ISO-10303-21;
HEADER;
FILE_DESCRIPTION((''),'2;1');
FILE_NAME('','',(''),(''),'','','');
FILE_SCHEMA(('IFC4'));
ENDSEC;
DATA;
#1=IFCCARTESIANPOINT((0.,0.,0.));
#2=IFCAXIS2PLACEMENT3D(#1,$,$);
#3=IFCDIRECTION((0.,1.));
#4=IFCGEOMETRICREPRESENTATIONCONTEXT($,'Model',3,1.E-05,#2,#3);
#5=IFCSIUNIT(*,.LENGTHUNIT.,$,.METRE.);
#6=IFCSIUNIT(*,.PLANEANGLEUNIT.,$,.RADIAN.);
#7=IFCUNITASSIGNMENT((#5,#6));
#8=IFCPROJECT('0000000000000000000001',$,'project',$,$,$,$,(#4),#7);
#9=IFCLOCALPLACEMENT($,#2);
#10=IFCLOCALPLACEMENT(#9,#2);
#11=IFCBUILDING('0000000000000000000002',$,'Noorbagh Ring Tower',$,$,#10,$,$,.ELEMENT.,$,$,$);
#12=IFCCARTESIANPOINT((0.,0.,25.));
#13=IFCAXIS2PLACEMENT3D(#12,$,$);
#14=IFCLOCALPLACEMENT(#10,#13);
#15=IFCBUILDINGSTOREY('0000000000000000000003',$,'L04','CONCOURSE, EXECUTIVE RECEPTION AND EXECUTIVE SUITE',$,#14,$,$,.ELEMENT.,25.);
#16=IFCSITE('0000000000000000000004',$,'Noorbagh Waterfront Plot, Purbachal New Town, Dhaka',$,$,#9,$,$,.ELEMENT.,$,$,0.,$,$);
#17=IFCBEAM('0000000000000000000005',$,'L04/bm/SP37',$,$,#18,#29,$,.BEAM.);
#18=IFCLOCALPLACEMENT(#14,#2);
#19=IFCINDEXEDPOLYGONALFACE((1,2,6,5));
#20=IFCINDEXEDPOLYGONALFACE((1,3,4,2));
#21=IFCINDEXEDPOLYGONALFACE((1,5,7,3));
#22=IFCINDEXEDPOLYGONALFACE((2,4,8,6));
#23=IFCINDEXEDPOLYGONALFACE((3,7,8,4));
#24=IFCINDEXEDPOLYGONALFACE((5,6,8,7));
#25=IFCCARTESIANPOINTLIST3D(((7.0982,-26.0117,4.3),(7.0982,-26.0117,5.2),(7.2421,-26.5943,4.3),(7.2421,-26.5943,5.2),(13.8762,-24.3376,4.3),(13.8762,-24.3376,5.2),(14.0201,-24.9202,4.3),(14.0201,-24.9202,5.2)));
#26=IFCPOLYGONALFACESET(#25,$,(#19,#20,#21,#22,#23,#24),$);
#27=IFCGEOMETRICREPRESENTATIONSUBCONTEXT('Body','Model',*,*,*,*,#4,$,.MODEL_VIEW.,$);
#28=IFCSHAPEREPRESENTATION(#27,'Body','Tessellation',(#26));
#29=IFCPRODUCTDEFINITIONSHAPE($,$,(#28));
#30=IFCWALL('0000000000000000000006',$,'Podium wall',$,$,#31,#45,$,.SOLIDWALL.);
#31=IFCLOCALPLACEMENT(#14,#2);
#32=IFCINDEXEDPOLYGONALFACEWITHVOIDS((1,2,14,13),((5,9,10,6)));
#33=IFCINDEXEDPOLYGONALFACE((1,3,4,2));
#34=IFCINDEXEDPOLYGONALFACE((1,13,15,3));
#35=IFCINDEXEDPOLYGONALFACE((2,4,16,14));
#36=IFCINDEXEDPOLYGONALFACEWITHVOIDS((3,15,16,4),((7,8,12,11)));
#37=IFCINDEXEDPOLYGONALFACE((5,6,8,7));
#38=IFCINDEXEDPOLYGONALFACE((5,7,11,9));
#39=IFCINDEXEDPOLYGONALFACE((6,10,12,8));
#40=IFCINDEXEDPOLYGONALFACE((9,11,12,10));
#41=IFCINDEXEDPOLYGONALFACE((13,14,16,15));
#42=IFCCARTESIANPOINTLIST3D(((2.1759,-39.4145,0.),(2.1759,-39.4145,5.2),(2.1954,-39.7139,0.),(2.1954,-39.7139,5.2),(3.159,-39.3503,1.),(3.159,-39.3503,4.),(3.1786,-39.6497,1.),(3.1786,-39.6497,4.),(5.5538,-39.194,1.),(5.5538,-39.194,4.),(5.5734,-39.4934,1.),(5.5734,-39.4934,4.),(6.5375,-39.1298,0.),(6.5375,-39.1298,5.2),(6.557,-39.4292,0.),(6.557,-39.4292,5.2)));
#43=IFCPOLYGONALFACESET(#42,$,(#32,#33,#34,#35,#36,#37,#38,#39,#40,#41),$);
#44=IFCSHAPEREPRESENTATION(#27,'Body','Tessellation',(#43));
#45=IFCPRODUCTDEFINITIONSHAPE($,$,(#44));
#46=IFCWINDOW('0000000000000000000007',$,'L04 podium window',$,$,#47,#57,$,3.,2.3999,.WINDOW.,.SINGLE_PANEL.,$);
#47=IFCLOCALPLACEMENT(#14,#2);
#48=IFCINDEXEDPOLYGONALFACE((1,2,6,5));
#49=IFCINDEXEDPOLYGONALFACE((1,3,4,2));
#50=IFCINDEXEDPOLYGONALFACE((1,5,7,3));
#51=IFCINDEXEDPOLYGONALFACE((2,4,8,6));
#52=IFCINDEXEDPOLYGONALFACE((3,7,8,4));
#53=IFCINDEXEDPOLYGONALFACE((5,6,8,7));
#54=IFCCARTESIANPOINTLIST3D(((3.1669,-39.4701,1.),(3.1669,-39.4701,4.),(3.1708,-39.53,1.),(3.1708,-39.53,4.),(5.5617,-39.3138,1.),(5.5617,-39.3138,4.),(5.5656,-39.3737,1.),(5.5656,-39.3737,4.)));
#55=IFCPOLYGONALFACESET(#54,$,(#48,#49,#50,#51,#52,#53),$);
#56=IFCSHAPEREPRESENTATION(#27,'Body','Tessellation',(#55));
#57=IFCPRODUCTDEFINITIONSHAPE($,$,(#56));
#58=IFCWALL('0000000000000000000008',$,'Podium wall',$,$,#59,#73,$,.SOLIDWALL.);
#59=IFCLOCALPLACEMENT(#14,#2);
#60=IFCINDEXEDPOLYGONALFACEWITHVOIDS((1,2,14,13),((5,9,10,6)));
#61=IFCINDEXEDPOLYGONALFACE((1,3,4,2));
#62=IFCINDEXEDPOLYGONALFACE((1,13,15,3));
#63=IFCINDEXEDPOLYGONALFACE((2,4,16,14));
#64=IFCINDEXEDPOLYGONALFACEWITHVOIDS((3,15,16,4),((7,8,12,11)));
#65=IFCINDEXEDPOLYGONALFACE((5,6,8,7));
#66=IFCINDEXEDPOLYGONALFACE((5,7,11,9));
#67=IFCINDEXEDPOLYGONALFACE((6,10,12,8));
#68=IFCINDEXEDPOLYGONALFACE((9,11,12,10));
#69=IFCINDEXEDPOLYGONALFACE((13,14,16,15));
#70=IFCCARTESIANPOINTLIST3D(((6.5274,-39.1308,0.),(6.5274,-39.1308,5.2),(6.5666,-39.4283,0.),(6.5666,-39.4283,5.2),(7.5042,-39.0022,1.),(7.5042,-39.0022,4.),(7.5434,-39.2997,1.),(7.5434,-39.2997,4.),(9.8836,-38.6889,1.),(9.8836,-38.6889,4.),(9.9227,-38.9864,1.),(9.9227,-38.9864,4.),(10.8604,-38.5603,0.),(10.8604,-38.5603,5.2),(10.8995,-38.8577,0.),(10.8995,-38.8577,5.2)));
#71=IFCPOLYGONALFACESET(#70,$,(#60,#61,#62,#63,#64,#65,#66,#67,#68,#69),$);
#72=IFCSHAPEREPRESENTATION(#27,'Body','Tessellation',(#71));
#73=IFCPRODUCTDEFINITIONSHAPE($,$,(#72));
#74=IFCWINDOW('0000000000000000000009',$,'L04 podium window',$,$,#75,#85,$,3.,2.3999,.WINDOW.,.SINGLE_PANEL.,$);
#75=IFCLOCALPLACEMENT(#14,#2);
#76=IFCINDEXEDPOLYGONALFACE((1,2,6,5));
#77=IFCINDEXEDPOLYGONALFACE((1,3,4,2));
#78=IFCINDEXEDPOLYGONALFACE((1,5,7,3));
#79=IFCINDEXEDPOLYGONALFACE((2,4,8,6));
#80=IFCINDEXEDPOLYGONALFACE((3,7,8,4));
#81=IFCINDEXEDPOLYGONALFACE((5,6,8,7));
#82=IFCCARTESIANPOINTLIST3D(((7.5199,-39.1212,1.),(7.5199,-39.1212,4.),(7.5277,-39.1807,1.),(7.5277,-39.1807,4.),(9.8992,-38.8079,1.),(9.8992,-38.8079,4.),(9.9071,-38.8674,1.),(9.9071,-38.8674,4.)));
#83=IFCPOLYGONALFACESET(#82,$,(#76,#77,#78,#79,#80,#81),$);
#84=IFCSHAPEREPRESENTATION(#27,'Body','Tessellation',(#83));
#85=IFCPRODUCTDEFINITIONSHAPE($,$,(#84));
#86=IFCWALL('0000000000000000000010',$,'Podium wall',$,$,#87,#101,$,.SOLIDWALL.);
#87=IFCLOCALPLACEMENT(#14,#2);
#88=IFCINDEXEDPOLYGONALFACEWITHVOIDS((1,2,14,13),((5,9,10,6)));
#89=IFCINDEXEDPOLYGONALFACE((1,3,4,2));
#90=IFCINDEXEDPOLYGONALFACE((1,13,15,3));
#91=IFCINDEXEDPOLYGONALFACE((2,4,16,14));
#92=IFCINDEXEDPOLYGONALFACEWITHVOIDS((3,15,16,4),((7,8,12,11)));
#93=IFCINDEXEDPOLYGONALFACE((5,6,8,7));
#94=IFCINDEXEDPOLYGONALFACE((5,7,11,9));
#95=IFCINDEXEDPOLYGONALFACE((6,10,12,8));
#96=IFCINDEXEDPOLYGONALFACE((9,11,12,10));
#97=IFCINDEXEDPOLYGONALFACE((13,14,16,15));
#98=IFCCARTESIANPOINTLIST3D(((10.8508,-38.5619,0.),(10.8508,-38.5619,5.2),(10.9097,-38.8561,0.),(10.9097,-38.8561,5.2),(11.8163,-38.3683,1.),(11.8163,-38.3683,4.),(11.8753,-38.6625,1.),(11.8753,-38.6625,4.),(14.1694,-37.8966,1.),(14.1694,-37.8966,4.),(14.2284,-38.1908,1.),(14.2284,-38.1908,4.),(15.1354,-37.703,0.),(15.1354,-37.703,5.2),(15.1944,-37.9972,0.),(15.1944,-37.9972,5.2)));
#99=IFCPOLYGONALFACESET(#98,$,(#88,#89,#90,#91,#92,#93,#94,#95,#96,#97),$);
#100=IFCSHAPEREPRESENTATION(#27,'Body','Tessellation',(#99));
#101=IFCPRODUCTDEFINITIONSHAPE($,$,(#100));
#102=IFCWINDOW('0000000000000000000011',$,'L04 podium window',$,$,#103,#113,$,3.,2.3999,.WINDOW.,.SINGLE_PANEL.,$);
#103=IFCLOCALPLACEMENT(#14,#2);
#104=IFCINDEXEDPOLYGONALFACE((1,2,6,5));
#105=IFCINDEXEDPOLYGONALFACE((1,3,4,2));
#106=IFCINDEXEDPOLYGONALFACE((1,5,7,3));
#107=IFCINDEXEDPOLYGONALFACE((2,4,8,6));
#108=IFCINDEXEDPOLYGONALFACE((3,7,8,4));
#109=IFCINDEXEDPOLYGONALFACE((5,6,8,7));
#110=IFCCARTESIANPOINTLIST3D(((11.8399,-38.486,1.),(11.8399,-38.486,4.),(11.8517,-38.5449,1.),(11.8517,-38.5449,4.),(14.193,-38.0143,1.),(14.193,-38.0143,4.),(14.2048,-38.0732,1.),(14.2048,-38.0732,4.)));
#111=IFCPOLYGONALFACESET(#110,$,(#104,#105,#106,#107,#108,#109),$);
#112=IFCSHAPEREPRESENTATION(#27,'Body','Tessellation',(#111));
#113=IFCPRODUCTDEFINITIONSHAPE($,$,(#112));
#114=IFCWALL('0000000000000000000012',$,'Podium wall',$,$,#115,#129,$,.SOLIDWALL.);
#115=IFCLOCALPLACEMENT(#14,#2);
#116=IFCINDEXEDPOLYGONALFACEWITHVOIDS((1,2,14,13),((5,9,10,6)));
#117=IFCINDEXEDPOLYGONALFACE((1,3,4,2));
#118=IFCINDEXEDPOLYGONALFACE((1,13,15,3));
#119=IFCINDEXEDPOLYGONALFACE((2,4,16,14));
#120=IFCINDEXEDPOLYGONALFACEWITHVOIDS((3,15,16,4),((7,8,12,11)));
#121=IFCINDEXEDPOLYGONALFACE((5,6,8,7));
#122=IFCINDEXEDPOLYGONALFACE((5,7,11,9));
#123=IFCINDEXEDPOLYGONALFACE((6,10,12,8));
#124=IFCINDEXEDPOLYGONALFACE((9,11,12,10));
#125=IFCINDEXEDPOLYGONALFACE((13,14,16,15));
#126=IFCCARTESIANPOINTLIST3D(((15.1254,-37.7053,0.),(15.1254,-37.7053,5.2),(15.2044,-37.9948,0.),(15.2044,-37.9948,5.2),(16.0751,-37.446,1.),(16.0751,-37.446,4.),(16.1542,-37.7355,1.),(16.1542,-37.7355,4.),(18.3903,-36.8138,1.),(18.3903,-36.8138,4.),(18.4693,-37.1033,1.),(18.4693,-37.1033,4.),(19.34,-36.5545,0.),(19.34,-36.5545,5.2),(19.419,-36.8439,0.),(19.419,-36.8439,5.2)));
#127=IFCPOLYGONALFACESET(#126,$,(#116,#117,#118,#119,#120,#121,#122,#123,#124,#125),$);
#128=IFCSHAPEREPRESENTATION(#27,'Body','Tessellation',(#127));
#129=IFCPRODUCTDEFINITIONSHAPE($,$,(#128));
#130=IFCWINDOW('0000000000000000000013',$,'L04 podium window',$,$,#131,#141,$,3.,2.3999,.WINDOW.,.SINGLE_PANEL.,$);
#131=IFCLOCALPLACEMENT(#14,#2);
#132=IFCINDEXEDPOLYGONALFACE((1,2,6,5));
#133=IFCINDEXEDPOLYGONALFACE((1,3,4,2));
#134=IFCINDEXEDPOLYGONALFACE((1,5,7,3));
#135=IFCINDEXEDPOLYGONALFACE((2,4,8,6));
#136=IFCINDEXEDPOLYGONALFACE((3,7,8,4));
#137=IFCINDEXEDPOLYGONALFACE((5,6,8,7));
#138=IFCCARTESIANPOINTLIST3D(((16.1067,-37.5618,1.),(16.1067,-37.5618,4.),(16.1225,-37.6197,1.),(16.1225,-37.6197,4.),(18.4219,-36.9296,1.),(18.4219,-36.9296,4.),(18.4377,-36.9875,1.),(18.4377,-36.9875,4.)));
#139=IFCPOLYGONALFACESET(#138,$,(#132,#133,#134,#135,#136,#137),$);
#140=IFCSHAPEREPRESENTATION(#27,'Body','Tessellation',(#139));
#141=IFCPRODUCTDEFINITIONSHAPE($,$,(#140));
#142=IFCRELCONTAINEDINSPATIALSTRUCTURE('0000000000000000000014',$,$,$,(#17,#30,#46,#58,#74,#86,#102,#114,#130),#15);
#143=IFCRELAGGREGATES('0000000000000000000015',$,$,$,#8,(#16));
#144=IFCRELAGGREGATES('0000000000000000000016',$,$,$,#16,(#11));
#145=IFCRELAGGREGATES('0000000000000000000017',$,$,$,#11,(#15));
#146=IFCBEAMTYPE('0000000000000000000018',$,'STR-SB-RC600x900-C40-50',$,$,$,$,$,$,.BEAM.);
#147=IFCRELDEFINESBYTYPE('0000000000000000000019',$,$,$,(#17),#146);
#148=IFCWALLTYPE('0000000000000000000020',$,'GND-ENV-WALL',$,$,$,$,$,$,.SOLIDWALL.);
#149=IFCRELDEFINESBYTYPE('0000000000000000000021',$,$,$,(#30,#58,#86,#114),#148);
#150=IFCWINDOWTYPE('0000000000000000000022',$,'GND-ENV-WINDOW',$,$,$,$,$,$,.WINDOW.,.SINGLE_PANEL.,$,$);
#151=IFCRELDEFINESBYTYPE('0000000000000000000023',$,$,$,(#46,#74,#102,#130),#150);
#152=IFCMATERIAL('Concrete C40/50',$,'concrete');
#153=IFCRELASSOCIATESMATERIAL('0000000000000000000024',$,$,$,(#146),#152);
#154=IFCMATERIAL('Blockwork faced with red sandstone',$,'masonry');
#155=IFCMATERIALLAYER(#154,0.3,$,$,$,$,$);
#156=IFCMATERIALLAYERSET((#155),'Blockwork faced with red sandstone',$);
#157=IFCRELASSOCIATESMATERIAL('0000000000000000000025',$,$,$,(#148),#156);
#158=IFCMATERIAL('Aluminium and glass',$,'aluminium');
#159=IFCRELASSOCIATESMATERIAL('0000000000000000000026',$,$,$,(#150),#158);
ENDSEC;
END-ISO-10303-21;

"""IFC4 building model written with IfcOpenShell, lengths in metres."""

from ifc_helpers import new_model, si_unit, direction, frame, frame_2d, origin, origin_2d, place, context, subcontext, project, spatial, rectangle, extrude, material, layer, layer_set, material_profile, profile_set, type_object, element, fill, save


model = new_model("IFC4")

# Units and contexts
model_context = context("Model", 3, precision=1e-05, world=origin(), true_north=direction((0.0, 1.0)))
body_context = subcontext(model_context, "Body", "Model", "MODEL_VIEW")
ifc_project = project(units=[si_unit("LENGTHUNIT", "METRE"), si_unit("PLANEANGLEUNIT", "RADIAN")], contexts=[model_context])

# Site, building, storey
site_placement = place(None, origin())
site = spatial("IfcSite", under=ifc_project, at=site_placement, Name="Noorbagh Waterfront Plot, Purbachal New Town, Dhaka", CompositionType="ELEMENT", RefElevation=0.0)
building_placement = place(site_placement, origin())
building = spatial("IfcBuilding", under=site, at=building_placement, Name="Noorbagh Ring Tower", CompositionType="ELEMENT")
storey_placement = place(building_placement, frame((0.0, 0.0, 25.0)))
storey = spatial("IfcBuildingStorey", under=building, at=storey_placement, Name="L04", Description="CONCOURSE, EXECUTIVE RECEPTION AND EXECUTIVE SUITE", CompositionType="ELEMENT", Elevation=25.0)

# Beam
ifc_material_1 = material(Name="Concrete C40/50", Category="concrete")
ifc_material_profile_1 = material_profile(ifc_material_1, rectangle(XDim=0.6001, YDim=0.8999, at=origin_2d()), Name="RC600x900")
ifc_profile_set_1 = profile_set([ifc_material_profile_1], Name="Concrete C40/50")
beam_type_1 = type_object("IfcBeamType", Name="STR-SB-RC600x900-C40-50", PredefinedType="BEAM", material=ifc_profile_set_1)
beam_1_placement = place(storey_placement, frame((7.1702, -26.303, 4.75), z_axis=(0.970828, 0.239778, 0.0), x_axis=(-0.239778, 0.970828, 0.0)))
element("IfcBeam", 1, at=beam_1_placement, inside=storey, type_object=beam_type_1, Name="L04/bm/SP37", PredefinedType="BEAM", context=body_context, shape_type="SweptSolid", body=[
    extrude(rectangle(XDim=0.6001, YDim=0.8999, at=origin_2d()), origin(), (0.0, 0.0, 1.0), 6.9817),
])

# Walls, openings, windows
ifc_material_2 = material(Name="Blockwork faced with red sandstone", Category="masonry")
ifc_layer_1 = layer(ifc_material_2, 0.3)
ifc_layer_set_1 = layer_set([ifc_layer_1], Name="Blockwork faced with red sandstone")
wall_type = type_object("IfcWallType", Name="GND-ENV-WALL", PredefinedType="SOLIDWALL", material=ifc_layer_set_1)
wall_1_placement = place(storey_placement, frame((2.1855, -39.5642, 0.0), z_axis=(0.0, 0.0, 1.0), x_axis=(0.997877, 0.065129, 0.0)))
wall_1 = element("IfcWall", 2, at=wall_1_placement, inside=storey, type_object=wall_type, Name="Podium wall", PredefinedType="SOLIDWALL", context=body_context, shape_type="SweptSolid", body=[
    extrude(rectangle(XDim=4.3708, YDim=0.3, at=frame_2d((2.1855, 0.0))), origin(), (0.0, 0.0, 1.0), 5.2),
])
opening_1_placement = place(wall_1_placement, frame((0.9854, 0.0, 1.0)))
opening_1 = element("IfcOpeningElement", 3, at=opening_1_placement, cuts=wall_1, PredefinedType="OPENING", context=body_context, shape_type="SweptSolid", body=[
    extrude(rectangle(XDim=2.3999, YDim=3.0, at=frame_2d((1.2, 1.5))), frame((0.0, 0.1602, 0.0), z_axis=(0.0, -1.0, 0.0), x_axis=(1.0, 0.0, 0.0)), (0.0, 0.0, 1.0), 0.3201),
])
ifc_material_3 = material(Name="Aluminium and glass", Category="aluminium")
window_type = type_object("IfcWindowType", Name="GND-ENV-WINDOW", PartitioningType="SINGLE_PANEL", PredefinedType="WINDOW", material=ifc_material_3)
window_1_placement = place(opening_1_placement, origin())
window_1 = element("IfcWindow", 4, at=window_1_placement, inside=storey, type_object=window_type, Name="L04 podium window", OverallHeight=3.0, OverallWidth=2.3999, PartitioningType="SINGLE_PANEL", PredefinedType="WINDOW", context=body_context, shape_type="SweptSolid", body=[
    extrude(rectangle(XDim=2.3999, YDim=3.0, at=frame_2d((1.2, 1.5))), frame((0.0, 0.03, 0.0), z_axis=(0.0, -1.0, 0.0), x_axis=(1.0, 0.0, 0.0)), (0.0, 0.0, 1.0), 0.0601),
])
fill(opening_1, window_1)
wall_2_placement = place(storey_placement, frame((6.5471, -39.2795, 0.0), z_axis=(0.0, 0.0, 1.0), x_axis=(0.991442, 0.13055, 0.0)))
wall_2 = element("IfcWall", 5, at=wall_2_placement, inside=storey, type_object=wall_type, Name="Podium wall", PredefinedType="SOLIDWALL", context=body_context, shape_type="SweptSolid", body=[
    extrude(rectangle(XDim=4.3704, YDim=0.3, at=frame_2d((2.1851, 0.0))), origin(), (0.0, 0.0, 1.0), 5.2),
])
opening_2_placement = place(wall_2_placement, frame((0.9851, 0.0, 1.0)))
opening_2 = element("IfcOpeningElement", 6, at=opening_2_placement, cuts=wall_2, PredefinedType="OPENING", context=body_context, shape_type="SweptSolid", body=[
    extrude(rectangle(XDim=2.3999, YDim=3.0, at=frame_2d((1.2, 1.5))), frame((0.0, 0.1602, 0.0), z_axis=(0.0, -1.0, 0.0), x_axis=(1.0, 0.0, 0.0)), (0.0, 0.0, 1.0), 0.3201),
])
window_2_placement = place(opening_2_placement, origin())
window_2 = element("IfcWindow", 7, at=window_2_placement, inside=storey, type_object=window_type, Name="L04 podium window", OverallHeight=3.0, OverallWidth=2.3999, PartitioningType="SINGLE_PANEL", PredefinedType="WINDOW", context=body_context, shape_type="SweptSolid", body=[
    extrude(rectangle(XDim=2.3999, YDim=3.0, at=frame_2d((1.2, 1.5))), frame((0.0, 0.03, 0.0), z_axis=(0.0, -1.0, 0.0), x_axis=(1.0, 0.0, 0.0)), (0.0, 0.0, 1.0), 0.0601),
])
fill(opening_2, window_2)
wall_3_placement = place(storey_placement, frame((10.8801, -38.709, 0.0), z_axis=(0.0, 0.0, 1.0), x_axis=(0.980495, 0.196546, 0.0)))
wall_3 = element("IfcWall", 8, at=wall_3_placement, inside=storey, type_object=wall_type, Name="Podium wall", PredefinedType="SOLIDWALL", context=body_context, shape_type="SweptSolid", body=[
    extrude(rectangle(XDim=4.3699, YDim=0.3, at=frame_2d((2.1851, 0.0))), origin(), (0.0, 0.0, 1.0), 5.2),
])
opening_3_placement = place(wall_3_placement, frame((0.9849, 0.0, 1.0)))
opening_3 = element("IfcOpeningElement", 9, at=opening_3_placement, cuts=wall_3, PredefinedType="OPENING", context=body_context, shape_type="SweptSolid", body=[
    extrude(rectangle(XDim=2.3999, YDim=3.0, at=frame_2d((1.2, 1.5))), frame((0.0, 0.1602, 0.0), z_axis=(0.0, -1.0, 0.0), x_axis=(1.0, 0.0, 0.0)), (0.0, 0.0, 1.0), 0.3201),
])
window_3_placement = place(opening_3_placement, origin())
window_3 = element("IfcWindow", 10, at=window_3_placement, inside=storey, type_object=window_type, Name="L04 podium window", OverallHeight=3.0, OverallWidth=2.3999, PartitioningType="SINGLE_PANEL", PredefinedType="WINDOW", context=body_context, shape_type="SweptSolid", body=[
    extrude(rectangle(XDim=2.3999, YDim=3.0, at=frame_2d((1.2, 1.5))), frame((0.0, 0.03, 0.0), z_axis=(0.0, -1.0, 0.0), x_axis=(1.0, 0.0, 0.0)), (0.0, 0.0, 1.0), 0.0601),
])
fill(opening_3, window_3)
wall_4_placement = place(storey_placement, frame((15.1648, -37.8501, 0.0), z_axis=(0.0, 0.0, 1.0), x_axis=(0.96468, 0.263425, 0.0)))
wall_4 = element("IfcWall", 11, at=wall_4_placement, inside=storey, type_object=wall_type, Name="Podium wall", PredefinedType="SOLIDWALL", context=body_context, shape_type="SweptSolid", body=[
    extrude(rectangle(XDim=4.3689, YDim=0.3, at=frame_2d((2.1846, 0.0))), origin(), (0.0, 0.0, 1.0), 5.2),
])
opening_4_placement = place(wall_4_placement, frame((0.9846, 0.0, 1.0)))
opening_4 = element("IfcOpeningElement", 12, at=opening_4_placement, cuts=wall_4, PredefinedType="OPENING", context=body_context, shape_type="SweptSolid", body=[
    extrude(rectangle(XDim=2.3999, YDim=3.0, at=frame_2d((1.2, 1.5))), frame((0.0, 0.1602, 0.0), z_axis=(0.0, -1.0, 0.0), x_axis=(1.0, 0.0, 0.0)), (0.0, 0.0, 1.0), 0.3201),
])
window_4_placement = place(opening_4_placement, origin())
window_4 = element("IfcWindow", 13, at=window_4_placement, inside=storey, type_object=window_type, Name="L04 podium window", OverallHeight=3.0, OverallWidth=2.3999, PartitioningType="SINGLE_PANEL", PredefinedType="WINDOW", context=body_context, shape_type="SweptSolid", body=[
    extrude(rectangle(XDim=2.3999, YDim=3.0, at=frame_2d((1.2, 1.5))), frame((0.0, 0.03, 0.0), z_axis=(0.0, -1.0, 0.0), x_axis=(1.0, 0.0, 0.0)), (0.0, 0.0, 1.0), 0.0601),
])
fill(opening_4, window_4)

save(model, "model.ifc")
